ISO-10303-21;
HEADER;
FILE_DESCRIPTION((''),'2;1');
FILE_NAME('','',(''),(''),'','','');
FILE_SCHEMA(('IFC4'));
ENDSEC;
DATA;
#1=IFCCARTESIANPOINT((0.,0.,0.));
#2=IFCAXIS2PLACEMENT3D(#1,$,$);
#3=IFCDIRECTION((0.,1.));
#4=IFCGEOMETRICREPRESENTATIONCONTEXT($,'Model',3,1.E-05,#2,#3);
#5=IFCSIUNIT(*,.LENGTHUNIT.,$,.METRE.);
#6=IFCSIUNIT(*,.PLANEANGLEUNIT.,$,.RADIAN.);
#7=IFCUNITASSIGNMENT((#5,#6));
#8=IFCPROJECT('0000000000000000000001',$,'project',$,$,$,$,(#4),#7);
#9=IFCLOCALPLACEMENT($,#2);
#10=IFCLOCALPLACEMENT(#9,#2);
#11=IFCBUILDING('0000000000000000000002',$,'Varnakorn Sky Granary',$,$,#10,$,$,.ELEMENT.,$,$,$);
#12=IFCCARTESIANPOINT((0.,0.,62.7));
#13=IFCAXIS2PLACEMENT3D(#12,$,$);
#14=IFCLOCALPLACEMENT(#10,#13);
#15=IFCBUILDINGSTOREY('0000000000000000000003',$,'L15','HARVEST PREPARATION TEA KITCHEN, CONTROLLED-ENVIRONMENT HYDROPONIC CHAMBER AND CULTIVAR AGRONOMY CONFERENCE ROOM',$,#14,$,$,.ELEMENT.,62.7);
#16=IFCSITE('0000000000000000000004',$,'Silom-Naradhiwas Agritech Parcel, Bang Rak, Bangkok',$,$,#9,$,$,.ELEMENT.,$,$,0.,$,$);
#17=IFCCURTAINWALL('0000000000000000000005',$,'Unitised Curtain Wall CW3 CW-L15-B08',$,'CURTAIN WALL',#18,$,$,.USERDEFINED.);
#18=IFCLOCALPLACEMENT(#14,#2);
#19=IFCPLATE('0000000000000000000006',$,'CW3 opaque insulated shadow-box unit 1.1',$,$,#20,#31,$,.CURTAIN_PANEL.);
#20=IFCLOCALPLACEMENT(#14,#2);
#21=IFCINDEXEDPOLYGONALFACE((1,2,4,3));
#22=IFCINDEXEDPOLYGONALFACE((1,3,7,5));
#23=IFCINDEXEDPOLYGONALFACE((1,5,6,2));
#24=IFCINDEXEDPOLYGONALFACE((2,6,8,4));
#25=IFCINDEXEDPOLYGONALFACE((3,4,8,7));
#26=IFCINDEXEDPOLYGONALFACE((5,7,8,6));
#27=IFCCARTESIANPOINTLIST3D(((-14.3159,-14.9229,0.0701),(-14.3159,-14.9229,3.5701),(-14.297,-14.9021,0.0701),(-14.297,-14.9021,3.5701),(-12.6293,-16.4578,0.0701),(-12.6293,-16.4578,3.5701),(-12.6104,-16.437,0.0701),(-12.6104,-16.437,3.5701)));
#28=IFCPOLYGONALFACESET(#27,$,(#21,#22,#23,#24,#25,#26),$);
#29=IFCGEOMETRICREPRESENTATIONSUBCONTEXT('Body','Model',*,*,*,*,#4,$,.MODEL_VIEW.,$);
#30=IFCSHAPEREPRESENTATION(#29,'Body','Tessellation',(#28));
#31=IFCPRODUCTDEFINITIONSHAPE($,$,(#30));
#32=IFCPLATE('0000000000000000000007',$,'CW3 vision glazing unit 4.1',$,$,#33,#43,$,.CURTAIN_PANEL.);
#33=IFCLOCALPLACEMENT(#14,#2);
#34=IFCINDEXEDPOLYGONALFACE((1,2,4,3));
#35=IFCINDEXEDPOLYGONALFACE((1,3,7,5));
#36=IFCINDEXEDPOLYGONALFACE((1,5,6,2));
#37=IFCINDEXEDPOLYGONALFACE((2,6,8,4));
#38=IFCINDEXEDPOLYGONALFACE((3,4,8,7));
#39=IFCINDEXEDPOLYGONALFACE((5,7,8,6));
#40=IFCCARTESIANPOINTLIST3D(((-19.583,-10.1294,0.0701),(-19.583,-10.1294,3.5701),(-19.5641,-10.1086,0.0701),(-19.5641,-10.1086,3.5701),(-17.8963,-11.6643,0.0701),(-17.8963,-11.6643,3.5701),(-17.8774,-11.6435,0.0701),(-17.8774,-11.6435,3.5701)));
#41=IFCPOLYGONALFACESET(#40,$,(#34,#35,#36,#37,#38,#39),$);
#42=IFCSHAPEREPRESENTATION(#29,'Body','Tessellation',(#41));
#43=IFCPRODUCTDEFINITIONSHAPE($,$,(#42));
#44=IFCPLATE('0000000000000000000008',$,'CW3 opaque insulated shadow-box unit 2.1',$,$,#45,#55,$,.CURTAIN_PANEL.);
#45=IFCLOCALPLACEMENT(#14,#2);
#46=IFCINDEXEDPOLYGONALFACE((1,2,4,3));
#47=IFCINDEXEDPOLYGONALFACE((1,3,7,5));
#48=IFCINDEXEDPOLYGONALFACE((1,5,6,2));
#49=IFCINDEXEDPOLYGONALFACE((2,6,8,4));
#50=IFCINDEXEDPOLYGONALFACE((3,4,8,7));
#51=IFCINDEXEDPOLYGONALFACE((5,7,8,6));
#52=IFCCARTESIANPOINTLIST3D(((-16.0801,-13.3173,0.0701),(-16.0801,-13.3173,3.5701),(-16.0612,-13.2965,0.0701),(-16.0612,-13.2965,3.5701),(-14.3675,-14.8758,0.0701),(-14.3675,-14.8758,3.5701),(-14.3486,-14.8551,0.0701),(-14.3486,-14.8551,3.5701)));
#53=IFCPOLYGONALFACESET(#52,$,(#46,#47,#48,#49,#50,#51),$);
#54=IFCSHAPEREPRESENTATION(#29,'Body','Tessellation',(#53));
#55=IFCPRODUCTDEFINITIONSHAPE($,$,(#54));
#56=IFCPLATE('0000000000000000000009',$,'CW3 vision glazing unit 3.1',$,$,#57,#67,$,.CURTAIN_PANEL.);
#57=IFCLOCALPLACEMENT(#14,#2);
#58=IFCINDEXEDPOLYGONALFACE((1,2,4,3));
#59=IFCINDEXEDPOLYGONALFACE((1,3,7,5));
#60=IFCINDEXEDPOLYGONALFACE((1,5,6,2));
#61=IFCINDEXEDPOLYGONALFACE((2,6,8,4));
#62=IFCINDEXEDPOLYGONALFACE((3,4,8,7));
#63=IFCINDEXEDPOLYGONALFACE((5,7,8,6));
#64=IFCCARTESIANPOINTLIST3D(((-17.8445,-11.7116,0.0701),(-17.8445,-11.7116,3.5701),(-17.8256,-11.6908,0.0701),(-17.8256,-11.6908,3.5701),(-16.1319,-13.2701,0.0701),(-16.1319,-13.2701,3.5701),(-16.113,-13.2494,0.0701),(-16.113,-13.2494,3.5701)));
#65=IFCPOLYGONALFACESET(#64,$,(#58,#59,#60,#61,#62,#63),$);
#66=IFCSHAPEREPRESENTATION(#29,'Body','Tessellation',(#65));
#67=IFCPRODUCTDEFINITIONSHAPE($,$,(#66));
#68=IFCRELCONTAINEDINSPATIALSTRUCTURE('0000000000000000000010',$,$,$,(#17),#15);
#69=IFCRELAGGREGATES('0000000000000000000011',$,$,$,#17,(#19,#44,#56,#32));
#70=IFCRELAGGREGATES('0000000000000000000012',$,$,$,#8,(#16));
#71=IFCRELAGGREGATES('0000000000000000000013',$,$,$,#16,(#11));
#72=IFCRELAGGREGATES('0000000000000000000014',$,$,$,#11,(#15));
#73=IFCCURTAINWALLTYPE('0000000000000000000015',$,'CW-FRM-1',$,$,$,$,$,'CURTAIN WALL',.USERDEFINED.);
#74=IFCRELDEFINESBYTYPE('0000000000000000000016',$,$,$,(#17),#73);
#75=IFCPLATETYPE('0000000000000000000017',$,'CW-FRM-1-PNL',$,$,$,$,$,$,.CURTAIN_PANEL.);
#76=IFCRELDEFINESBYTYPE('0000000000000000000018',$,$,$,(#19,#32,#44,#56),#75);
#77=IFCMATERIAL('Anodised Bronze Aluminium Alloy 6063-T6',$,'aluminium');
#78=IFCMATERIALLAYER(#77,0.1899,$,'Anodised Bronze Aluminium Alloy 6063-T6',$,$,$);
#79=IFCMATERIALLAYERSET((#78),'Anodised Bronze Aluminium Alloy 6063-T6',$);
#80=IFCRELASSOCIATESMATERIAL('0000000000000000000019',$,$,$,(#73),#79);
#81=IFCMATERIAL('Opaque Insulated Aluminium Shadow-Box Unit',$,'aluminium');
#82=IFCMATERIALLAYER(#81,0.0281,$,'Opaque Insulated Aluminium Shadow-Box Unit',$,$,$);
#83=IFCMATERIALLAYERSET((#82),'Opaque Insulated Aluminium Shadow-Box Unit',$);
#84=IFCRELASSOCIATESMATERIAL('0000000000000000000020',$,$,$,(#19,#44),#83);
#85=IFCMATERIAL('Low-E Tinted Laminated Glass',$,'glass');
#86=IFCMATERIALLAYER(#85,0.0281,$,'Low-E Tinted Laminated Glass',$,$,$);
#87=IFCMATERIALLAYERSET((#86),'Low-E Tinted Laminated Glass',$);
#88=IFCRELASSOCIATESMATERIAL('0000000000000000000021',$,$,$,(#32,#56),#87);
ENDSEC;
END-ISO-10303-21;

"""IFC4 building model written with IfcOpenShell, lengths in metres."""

from ifc_helpers import new_model, si_unit, direction, frame, origin, origin_2d, place, context, subcontext, project, spatial, rectangle, extrude, source, transform, mapped, material, layer, layer_set, type_object, element, aggregate, save


model = new_model("IFC4")

# Units and contexts
model_context = context("Model", 3, precision=1e-05, world=origin(), true_north=direction((0.0, 1.0)))
body_context = subcontext(model_context, "Body", "Model", "MODEL_VIEW")
ifc_project = project(units=[si_unit("LENGTHUNIT", "METRE"), si_unit("PLANEANGLEUNIT", "RADIAN")], contexts=[model_context])

# Site, building, storey
site_placement = place(None, origin())
site = spatial("IfcSite", under=ifc_project, at=site_placement, Name="Silom-Naradhiwas Agritech Parcel, Bang Rak, Bangkok", CompositionType="ELEMENT", RefElevation=0.0)
building_placement = place(site_placement, origin())
building = spatial("IfcBuilding", under=site, at=building_placement, Name="Varnakorn Sky Granary", CompositionType="ELEMENT")
storey_placement = place(building_placement, frame((0.0, 0.0, 62.7)))
storey = spatial("IfcBuildingStorey", under=building, at=storey_placement, Name="L15", Description="HARVEST PREPARATION TEA KITCHEN, CONTROLLED-ENVIRONMENT HYDROPONIC CHAMBER AND CULTIVAR AGRONOMY CONFERENCE ROOM", CompositionType="ELEMENT", Elevation=62.7)

# Curtain wall
ifc_material_1 = material(Name="Anodised Bronze Aluminium Alloy 6063-T6", Category="aluminium")
ifc_layer_1 = layer(ifc_material_1, 0.1899, Name="Anodised Bronze Aluminium Alloy 6063-T6")
ifc_layer_set_1 = layer_set([ifc_layer_1], Name="Anodised Bronze Aluminium Alloy 6063-T6")
curtain_wall_type = type_object("IfcCurtainWallType", Name="CW-FRM-1", ElementType="CURTAIN WALL", PredefinedType="USERDEFINED", material=ifc_layer_set_1)
curtain_wall_1_placement = place(storey_placement, origin())
curtain_wall_1 = element("IfcCurtainWall", 1, at=curtain_wall_1_placement, inside=storey, type_object=curtain_wall_type, Name="Unitised Curtain Wall CW3 CW-L15-B08", ObjectType="CURTAIN WALL", PredefinedType="USERDEFINED")

# Plates
ifc_material_2 = material(Name="Low-E Tinted Laminated Glass", Category="glass")
ifc_layer_2 = layer(ifc_material_2, 0.0281, Name="Low-E Tinted Laminated Glass")
ifc_layer_set_2 = layer_set([ifc_layer_2], Name="Low-E Tinted Laminated Glass")
plate_type = type_object("IfcPlateType", Name="CW-FRM-1-PNL", PredefinedType="CURTAIN_PANEL")
ifc_material_3 = material(Name="Opaque Insulated Aluminium Shadow-Box Unit", Category="aluminium")
ifc_layer_3 = layer(ifc_material_3, 0.0281, Name="Opaque Insulated Aluminium Shadow-Box Unit")
ifc_layer_set_3 = layer_set([ifc_layer_3], Name="Opaque Insulated Aluminium Shadow-Box Unit")
shared_shape_1 = source(origin(), body_context, "Body", "SweptSolid", [
    extrude(rectangle(XDim=2.2805, YDim=0.0281, at=origin_2d()), origin(), (0.0, 0.0, 1.0), 3.5),
])
plate_1_placement = place(storey_placement, frame((-13.4631, -15.6799, 0.0701), z_axis=(0.0, 0.0, 1.0), x_axis=(-0.739596, 0.673051, 0.0)))
plate_1 = element("IfcPlate", 2, at=plate_1_placement, type_object=plate_type, material=ifc_layer_set_3, Name="CW3 opaque insulated shadow-box unit 1.1", PredefinedType="CURTAIN_PANEL", context=body_context, shape_type="MappedRepresentation", body=[
    mapped(shared_shape_1, transform((0.0, 0.0, 0.0), x_axis=(1.0, 0.0, 0.0), y_axis=(0.0, 1.0, 0.0), z_axis=(0.0, 0.0, 1.0), scale=1.0)),
])
plate_2_placement = place(storey_placement, frame((-18.7302, -10.8865, 0.0701), z_axis=(0.0, 0.0, 1.0), x_axis=(-0.739596, 0.673051, 0.0)))
plate_2 = element("IfcPlate", 3, at=plate_2_placement, type_object=plate_type, material=ifc_layer_set_2, Name="CW3 vision glazing unit 4.1", PredefinedType="CURTAIN_PANEL", context=body_context, shape_type="MappedRepresentation", body=[
    mapped(shared_shape_1, transform((0.0, 0.0, 0.0), x_axis=(1.0, 0.0, 0.0), y_axis=(0.0, 1.0, 0.0), z_axis=(0.0, 0.0, 1.0), scale=1.0)),
])
shared_shape_2 = source(origin(), body_context, "Body", "SweptSolid", [
    extrude(rectangle(XDim=2.3157, YDim=0.0281, at=origin_2d()), origin(), (0.0, 0.0, 1.0), 3.5),
])
plate_3_placement = place(storey_placement, frame((-15.2144, -14.0862, 0.0701), z_axis=(0.0, 0.0, 1.0), x_axis=(-0.739596, 0.673051, 0.0)))
plate_3 = element("IfcPlate", 4, at=plate_3_placement, type_object=plate_type, material=ifc_layer_set_3, Name="CW3 opaque insulated shadow-box unit 2.1", PredefinedType="CURTAIN_PANEL", context=body_context, shape_type="MappedRepresentation", body=[
    mapped(shared_shape_2, transform((0.0, 0.0, 0.0), x_axis=(1.0, 0.0, 0.0), y_axis=(0.0, 1.0, 0.0), z_axis=(0.0, 0.0, 1.0), scale=1.0)),
])
plate_4_placement = place(storey_placement, frame((-16.9788, -12.4805, 0.0701), z_axis=(0.0, 0.0, 1.0), x_axis=(-0.739596, 0.673051, 0.0)))
plate_4 = element("IfcPlate", 5, at=plate_4_placement, type_object=plate_type, material=ifc_layer_set_2, Name="CW3 vision glazing unit 3.1", PredefinedType="CURTAIN_PANEL", context=body_context, shape_type="MappedRepresentation", body=[
    mapped(shared_shape_2, transform((0.0, 0.0, 0.0), x_axis=(1.0, 0.0, 0.0), y_axis=(0.0, 1.0, 0.0), z_axis=(0.0, 0.0, 1.0), scale=1.0)),
])
aggregate(curtain_wall_1, [plate_1, plate_3, plate_4, plate_2])

save(model, "model.ifc")
